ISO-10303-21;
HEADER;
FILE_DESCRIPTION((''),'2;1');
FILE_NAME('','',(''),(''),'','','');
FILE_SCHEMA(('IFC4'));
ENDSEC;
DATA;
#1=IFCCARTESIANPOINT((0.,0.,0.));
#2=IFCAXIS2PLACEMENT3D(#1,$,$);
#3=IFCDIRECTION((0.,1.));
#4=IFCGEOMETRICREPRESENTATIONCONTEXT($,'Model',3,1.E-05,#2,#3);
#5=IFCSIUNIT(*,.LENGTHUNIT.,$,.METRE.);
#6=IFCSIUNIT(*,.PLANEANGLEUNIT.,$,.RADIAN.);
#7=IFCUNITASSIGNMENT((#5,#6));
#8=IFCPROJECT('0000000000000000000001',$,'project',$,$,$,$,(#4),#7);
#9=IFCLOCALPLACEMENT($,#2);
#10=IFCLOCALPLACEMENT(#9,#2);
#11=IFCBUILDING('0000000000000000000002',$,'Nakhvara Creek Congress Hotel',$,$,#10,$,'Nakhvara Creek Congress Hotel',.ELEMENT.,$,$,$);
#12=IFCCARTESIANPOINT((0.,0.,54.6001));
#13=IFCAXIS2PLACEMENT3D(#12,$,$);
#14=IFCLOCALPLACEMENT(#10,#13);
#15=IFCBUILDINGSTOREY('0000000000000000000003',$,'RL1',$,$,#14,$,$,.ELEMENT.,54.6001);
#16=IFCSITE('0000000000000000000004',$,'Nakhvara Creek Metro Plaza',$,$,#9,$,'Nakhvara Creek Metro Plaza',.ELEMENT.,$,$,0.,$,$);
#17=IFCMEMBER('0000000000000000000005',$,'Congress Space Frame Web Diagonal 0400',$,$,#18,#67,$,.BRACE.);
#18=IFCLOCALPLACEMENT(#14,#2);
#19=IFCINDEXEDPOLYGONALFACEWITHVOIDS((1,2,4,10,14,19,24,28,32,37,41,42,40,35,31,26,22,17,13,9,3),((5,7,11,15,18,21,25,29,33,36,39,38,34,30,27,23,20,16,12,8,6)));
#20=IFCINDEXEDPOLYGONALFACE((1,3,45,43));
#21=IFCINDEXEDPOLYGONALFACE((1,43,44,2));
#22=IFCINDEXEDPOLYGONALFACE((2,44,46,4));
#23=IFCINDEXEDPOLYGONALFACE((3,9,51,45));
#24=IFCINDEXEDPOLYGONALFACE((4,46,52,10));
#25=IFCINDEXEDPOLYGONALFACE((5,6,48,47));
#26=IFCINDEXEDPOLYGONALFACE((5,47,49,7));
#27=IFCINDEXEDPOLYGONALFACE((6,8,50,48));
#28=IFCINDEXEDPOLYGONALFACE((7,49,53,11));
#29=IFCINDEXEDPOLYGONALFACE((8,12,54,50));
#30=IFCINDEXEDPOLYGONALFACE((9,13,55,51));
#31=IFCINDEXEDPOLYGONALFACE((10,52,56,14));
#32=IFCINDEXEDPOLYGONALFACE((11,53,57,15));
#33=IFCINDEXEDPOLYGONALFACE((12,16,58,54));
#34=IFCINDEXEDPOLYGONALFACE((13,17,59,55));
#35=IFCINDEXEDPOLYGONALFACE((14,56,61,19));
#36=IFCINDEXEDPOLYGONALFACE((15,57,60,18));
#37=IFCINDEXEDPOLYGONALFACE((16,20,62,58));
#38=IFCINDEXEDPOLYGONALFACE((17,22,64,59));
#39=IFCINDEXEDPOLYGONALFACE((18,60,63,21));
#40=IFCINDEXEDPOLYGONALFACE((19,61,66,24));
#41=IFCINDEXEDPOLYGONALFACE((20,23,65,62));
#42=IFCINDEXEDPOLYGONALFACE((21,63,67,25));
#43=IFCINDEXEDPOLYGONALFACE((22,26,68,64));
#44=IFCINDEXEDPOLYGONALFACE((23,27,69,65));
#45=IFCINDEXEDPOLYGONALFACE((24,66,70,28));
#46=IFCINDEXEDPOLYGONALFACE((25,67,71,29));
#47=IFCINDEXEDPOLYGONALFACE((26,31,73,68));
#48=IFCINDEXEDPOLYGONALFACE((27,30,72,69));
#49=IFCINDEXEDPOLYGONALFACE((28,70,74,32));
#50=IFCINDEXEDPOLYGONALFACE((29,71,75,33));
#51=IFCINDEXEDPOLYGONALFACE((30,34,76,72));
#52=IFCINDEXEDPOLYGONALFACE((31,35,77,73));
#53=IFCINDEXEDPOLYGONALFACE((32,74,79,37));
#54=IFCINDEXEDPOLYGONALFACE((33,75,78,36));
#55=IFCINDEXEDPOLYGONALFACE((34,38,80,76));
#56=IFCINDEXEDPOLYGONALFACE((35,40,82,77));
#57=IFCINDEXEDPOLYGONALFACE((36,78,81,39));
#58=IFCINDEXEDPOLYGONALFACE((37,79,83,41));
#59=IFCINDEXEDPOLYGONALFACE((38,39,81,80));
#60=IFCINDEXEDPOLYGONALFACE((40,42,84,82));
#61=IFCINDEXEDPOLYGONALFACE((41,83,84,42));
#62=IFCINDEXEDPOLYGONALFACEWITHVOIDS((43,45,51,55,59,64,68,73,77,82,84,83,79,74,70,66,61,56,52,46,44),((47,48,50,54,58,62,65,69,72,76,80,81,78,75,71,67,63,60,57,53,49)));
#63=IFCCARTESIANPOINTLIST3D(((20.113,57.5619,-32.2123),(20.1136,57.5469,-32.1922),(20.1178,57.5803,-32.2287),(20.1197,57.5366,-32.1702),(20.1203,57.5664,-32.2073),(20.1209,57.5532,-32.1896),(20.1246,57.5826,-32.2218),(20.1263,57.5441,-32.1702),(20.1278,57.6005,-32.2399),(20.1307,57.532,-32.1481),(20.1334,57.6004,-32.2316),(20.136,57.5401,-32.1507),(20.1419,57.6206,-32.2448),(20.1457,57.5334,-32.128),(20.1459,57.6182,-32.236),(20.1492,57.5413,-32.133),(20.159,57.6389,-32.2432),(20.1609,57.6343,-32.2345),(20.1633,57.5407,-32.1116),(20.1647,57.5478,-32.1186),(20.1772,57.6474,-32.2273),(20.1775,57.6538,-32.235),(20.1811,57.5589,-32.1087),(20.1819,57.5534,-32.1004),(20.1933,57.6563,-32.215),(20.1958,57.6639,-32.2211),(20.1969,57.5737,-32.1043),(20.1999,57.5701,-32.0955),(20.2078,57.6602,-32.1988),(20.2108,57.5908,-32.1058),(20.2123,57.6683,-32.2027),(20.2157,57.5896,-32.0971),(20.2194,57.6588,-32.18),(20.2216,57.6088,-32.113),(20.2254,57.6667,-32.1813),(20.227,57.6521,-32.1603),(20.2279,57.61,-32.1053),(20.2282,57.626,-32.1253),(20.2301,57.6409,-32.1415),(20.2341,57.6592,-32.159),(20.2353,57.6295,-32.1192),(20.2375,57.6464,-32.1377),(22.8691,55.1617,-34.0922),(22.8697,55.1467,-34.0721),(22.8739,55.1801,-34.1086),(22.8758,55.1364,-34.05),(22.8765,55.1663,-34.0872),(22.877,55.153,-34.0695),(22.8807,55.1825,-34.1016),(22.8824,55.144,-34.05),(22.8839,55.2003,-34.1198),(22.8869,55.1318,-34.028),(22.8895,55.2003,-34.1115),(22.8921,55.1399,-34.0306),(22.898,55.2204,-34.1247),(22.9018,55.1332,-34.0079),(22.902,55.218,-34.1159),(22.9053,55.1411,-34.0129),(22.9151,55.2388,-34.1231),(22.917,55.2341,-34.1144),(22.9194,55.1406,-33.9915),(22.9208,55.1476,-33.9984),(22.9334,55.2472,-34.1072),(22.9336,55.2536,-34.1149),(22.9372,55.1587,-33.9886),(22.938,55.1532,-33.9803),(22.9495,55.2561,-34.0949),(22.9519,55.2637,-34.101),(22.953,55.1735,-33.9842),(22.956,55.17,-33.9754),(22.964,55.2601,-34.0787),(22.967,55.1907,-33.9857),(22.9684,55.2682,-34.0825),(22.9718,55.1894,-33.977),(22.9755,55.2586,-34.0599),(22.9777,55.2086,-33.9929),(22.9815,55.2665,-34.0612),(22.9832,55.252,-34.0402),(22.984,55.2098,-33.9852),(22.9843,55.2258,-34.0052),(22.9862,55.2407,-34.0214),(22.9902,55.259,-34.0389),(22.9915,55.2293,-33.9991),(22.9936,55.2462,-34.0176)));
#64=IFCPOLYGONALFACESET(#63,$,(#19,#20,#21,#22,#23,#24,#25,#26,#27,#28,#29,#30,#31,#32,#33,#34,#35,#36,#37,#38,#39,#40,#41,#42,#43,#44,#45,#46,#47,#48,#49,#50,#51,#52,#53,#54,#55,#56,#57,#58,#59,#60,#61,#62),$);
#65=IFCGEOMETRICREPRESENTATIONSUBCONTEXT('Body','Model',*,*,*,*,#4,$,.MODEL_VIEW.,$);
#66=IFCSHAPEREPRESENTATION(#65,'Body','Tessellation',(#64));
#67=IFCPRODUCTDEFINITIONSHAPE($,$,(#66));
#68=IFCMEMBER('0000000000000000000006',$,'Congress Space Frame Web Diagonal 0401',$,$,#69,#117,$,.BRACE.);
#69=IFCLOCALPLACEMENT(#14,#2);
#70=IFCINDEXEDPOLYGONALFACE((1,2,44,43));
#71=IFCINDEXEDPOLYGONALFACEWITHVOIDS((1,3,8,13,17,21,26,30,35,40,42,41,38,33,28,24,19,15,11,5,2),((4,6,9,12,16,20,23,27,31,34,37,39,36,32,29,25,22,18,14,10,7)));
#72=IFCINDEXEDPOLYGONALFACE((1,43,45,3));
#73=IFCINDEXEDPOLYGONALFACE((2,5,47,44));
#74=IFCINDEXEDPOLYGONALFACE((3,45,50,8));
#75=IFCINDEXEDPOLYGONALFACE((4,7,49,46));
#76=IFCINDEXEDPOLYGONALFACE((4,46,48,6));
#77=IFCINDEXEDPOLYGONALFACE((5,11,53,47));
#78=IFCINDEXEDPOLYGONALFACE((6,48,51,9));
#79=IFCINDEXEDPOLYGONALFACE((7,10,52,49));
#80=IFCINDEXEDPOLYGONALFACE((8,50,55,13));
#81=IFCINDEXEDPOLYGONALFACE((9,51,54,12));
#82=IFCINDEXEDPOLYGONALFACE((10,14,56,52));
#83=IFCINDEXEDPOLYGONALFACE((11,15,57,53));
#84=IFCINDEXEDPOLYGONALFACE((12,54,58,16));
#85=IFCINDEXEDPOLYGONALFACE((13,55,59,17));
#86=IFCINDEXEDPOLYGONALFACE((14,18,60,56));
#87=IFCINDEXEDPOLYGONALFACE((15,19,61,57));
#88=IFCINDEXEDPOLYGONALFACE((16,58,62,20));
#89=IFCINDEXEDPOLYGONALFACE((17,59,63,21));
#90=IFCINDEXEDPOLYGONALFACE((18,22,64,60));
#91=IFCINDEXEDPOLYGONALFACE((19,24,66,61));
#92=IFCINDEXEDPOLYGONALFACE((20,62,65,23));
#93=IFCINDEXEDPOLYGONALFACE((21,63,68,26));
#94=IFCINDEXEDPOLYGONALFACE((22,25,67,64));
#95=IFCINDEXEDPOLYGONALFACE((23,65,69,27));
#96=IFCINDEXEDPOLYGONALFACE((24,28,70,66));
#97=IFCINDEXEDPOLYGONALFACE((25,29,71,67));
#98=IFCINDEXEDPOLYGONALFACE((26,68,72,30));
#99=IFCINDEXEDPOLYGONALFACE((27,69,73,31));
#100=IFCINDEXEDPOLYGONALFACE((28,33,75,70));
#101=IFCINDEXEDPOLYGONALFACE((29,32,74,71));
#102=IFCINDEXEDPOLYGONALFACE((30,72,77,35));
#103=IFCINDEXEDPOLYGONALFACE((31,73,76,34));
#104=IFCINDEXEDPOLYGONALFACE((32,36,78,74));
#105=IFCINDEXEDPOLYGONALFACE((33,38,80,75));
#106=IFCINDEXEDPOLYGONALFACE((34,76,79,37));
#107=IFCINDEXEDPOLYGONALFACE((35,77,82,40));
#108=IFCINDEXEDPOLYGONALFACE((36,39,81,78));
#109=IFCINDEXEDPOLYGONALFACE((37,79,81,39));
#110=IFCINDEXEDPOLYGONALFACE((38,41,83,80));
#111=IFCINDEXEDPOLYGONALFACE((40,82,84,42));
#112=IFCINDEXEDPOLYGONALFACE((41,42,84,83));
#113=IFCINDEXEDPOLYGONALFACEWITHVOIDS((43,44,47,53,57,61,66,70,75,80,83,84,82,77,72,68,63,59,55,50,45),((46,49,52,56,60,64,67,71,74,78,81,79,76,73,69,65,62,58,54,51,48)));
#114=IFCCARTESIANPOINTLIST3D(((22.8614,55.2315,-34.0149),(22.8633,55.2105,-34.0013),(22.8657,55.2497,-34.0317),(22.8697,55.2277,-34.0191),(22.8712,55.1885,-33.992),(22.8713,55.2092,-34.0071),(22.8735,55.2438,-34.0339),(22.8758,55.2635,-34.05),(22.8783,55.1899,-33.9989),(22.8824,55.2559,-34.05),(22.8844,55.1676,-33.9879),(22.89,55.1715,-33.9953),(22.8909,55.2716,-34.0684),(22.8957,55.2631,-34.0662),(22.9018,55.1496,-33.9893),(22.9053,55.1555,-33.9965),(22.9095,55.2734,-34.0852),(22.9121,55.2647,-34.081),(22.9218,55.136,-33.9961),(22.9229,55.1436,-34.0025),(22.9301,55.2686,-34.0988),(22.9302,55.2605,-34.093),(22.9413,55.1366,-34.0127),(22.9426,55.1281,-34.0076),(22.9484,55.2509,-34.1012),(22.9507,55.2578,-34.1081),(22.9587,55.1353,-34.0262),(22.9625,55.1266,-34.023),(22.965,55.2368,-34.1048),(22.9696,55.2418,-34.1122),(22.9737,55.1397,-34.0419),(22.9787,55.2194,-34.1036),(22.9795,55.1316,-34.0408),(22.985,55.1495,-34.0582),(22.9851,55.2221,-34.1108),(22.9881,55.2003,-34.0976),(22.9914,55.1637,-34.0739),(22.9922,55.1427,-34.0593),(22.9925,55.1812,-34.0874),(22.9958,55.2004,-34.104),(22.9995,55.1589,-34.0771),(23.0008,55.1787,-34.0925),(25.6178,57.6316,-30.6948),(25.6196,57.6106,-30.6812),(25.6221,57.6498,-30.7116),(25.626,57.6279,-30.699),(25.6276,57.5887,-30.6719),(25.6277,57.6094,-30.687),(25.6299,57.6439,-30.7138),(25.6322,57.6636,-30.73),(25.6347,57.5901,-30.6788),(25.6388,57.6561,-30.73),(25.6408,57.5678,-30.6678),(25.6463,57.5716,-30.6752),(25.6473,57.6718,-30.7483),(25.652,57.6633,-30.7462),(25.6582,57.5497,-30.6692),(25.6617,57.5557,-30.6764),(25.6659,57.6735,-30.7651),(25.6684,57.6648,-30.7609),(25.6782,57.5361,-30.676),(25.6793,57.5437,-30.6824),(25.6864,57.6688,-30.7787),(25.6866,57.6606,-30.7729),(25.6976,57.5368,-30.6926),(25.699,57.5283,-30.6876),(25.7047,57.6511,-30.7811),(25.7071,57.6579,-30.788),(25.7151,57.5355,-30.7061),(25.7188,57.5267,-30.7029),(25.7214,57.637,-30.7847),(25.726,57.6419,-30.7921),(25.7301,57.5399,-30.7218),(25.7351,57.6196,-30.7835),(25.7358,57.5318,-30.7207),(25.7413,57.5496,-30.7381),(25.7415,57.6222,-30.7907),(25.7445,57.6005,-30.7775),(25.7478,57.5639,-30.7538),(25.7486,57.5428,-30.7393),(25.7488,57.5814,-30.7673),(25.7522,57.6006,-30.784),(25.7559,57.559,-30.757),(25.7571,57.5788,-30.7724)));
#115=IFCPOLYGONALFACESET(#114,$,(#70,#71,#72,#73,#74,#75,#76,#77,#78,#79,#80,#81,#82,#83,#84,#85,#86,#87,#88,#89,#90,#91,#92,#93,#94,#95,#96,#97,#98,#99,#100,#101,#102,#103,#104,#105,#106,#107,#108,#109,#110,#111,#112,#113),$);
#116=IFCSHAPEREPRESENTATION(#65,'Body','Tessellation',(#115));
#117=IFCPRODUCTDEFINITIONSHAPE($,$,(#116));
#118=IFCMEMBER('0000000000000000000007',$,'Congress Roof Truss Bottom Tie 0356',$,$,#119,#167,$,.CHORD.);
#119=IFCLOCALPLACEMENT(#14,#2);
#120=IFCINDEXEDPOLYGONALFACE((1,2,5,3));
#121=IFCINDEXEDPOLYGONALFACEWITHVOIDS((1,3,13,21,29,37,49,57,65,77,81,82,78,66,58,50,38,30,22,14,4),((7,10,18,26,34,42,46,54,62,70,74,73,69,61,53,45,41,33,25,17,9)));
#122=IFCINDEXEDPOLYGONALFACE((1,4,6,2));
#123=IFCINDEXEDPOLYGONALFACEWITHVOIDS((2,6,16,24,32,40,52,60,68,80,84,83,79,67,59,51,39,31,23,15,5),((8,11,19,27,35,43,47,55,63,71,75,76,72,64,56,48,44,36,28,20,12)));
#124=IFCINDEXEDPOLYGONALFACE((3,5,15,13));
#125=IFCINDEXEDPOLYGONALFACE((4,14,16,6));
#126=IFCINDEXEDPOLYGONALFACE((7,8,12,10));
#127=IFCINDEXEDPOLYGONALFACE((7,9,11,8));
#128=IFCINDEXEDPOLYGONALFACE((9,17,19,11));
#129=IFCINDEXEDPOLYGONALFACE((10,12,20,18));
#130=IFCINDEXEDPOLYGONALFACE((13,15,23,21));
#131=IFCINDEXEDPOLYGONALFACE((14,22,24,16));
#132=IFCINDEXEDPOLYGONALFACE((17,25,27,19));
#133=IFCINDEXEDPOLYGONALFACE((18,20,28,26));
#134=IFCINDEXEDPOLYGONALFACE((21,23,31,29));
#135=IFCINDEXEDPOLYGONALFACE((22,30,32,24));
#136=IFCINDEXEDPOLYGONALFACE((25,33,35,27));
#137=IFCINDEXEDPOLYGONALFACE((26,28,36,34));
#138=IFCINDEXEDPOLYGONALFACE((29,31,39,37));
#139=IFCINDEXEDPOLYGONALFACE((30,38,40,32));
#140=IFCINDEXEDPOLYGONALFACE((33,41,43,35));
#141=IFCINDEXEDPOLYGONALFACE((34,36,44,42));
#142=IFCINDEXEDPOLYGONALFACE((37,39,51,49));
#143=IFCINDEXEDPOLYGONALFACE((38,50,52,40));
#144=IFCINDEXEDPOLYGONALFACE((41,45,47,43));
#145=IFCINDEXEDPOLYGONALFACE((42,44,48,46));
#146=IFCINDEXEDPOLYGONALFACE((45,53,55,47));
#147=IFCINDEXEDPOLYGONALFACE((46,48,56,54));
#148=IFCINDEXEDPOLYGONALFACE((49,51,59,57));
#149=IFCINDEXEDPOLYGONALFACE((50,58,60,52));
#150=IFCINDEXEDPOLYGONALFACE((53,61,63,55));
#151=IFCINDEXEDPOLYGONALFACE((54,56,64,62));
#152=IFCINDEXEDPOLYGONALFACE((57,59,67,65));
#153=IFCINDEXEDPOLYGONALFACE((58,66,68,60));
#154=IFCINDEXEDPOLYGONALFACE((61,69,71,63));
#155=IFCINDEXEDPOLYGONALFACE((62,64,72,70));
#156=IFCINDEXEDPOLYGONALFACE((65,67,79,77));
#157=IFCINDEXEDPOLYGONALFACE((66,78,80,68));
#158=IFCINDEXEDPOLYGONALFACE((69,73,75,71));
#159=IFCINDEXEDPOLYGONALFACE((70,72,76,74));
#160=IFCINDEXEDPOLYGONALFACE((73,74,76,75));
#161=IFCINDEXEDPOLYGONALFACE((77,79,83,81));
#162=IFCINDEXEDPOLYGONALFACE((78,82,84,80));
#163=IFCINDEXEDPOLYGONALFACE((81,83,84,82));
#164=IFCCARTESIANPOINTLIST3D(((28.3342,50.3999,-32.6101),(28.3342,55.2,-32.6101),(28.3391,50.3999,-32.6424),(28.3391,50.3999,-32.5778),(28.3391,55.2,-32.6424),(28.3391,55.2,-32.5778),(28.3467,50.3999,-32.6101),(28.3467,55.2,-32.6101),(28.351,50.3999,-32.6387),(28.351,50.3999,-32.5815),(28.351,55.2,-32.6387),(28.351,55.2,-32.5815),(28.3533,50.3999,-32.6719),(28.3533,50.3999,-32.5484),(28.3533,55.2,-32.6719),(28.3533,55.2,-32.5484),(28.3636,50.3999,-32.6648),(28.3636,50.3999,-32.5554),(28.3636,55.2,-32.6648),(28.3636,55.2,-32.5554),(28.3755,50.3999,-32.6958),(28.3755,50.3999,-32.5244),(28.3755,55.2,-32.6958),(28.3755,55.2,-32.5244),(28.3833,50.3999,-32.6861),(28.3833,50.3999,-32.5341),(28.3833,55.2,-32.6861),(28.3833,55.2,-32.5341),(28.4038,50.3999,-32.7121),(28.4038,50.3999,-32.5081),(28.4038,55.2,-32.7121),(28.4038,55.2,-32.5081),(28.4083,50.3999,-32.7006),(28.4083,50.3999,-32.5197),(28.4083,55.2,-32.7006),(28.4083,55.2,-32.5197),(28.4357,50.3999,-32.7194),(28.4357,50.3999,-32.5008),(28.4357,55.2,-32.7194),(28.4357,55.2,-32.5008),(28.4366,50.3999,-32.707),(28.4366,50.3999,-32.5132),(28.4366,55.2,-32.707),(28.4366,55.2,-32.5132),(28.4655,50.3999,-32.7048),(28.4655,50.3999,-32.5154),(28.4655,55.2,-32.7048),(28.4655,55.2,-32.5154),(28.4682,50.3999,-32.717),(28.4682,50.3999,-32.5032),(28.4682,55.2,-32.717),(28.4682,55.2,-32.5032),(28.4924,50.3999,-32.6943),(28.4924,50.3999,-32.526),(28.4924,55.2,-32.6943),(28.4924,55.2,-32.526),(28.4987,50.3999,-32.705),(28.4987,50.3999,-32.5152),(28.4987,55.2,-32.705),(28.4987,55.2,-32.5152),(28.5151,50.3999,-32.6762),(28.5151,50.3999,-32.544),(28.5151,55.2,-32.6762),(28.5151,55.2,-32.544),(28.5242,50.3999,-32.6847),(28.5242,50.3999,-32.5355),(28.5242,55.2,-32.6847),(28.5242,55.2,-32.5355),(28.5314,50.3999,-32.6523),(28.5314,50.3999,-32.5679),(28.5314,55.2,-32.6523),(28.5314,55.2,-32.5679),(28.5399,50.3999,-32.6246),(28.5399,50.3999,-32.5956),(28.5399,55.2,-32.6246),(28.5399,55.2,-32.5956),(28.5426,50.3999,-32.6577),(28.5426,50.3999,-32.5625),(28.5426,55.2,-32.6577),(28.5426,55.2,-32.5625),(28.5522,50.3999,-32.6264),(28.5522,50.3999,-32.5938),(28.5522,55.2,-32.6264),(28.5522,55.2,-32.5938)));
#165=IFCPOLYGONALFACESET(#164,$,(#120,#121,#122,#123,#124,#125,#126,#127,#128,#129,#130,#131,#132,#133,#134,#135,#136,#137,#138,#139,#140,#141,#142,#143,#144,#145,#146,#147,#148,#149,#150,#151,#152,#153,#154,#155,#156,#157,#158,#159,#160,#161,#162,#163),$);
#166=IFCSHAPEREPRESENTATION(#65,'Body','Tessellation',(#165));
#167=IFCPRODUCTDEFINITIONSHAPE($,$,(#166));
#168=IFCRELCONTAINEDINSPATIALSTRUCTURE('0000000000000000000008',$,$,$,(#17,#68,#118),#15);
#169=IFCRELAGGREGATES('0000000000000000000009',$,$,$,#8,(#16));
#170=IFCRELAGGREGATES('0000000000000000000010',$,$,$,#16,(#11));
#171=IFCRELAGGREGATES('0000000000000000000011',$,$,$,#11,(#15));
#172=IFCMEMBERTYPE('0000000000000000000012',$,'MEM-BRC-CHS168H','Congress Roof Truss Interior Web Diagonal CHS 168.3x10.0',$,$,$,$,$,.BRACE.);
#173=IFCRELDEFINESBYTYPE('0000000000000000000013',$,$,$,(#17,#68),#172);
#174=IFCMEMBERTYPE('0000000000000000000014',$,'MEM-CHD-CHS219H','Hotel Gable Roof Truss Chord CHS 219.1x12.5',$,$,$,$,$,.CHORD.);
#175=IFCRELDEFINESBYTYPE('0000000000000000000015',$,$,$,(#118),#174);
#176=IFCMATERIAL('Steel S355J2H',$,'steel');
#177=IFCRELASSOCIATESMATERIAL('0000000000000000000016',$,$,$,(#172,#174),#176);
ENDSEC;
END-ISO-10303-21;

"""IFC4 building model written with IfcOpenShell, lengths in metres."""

from ifc_helpers import new_model, si_unit, direction, frame, origin, origin_2d, place, context, subcontext, project, spatial, hollow_circle, extrude, material, material_profile, profile_set, type_object, element, save


model = new_model("IFC4")

# Units and contexts
model_context = context("Model", 3, precision=1e-05, world=origin(), true_north=direction((0.0, 1.0)))
body_context = subcontext(model_context, "Body", "Model", "MODEL_VIEW")
ifc_project = project(units=[si_unit("LENGTHUNIT", "METRE"), si_unit("PLANEANGLEUNIT", "RADIAN")], contexts=[model_context])

# Site, building, storey
site_placement = place(None, origin())
site = spatial("IfcSite", under=ifc_project, at=site_placement, Name="Nakhvara Creek Metro Plaza", LongName="Nakhvara Creek Metro Plaza", CompositionType="ELEMENT", RefElevation=0.0)
building_placement = place(site_placement, origin())
building = spatial("IfcBuilding", under=site, at=building_placement, Name="Nakhvara Creek Congress Hotel", LongName="Nakhvara Creek Congress Hotel", CompositionType="ELEMENT")
storey_placement = place(building_placement, frame((0.0, 0.0, 54.6001)))
storey = spatial("IfcBuildingStorey", under=building, at=storey_placement, Name="RL1", CompositionType="ELEMENT", Elevation=54.6001)

# Members
ifc_material_1 = material(Name="Steel S355J2H", Category="steel")
ifc_material_profile_1 = material_profile(ifc_material_1, hollow_circle(Radius=0.0842, WallThickness=0.01, at=origin_2d()), Name="CHS 168.3x10.0", Category="LoadBearing")
ifc_profile_set_1 = profile_set([ifc_material_profile_1], Name="Steel S355J2H")
member_type_1 = type_object("IfcMemberType", Name="MEM-BRC-CHS168H", Description="Congress Roof Truss Interior Web Diagonal CHS 168.3x10.0", PredefinedType="BRACE", material=ifc_profile_set_1)
member_1_placement = place(storey_placement, frame((22.9312, 55.2, -34.05), z_axis=(-0.670611, 0.584, 0.45741), x_axis=(-0.656729, -0.754126, 0.0)))
element("IfcMember", 1, at=member_1_placement, inside=storey, type_object=member_type_1, Name="Congress Space Frame Web Diagonal 0400", PredefinedType="BRACE", context=body_context, shape_type="SweptSolid", body=[
    extrude(hollow_circle(Radius=0.0842, WallThickness=0.01, at=origin_2d()), origin(), (0.0, 0.0, 1.0), 4.1099),
])
member_2_placement = place(storey_placement, frame((22.9312, 55.2, -34.05), z_axis=(0.558224, 0.486085, 0.67239), x_axis=(-0.656696, 0.754155, 0.0)))
element("IfcMember", 2, at=member_2_placement, inside=storey, type_object=member_type_1, Name="Congress Space Frame Web Diagonal 0401", PredefinedType="BRACE", context=body_context, shape_type="SweptSolid", body=[
    extrude(hollow_circle(Radius=0.0842, WallThickness=0.01, at=origin_2d()), origin(), (0.0, 0.0, 1.0), 4.9377),
])
ifc_material_profile_2 = material_profile(ifc_material_1, hollow_circle(Radius=0.1096, WallThickness=0.0125, at=origin_2d()), Name="CHS 219.1x12.5", Category="LoadBearing")
ifc_profile_set_2 = profile_set([ifc_material_profile_2], Name="Steel S355J2H")
member_type_2 = type_object("IfcMemberType", Name="MEM-CHD-CHS219H", Description="Hotel Gable Roof Truss Chord CHS 219.1x12.5", PredefinedType="CHORD", material=ifc_profile_set_2)
for number, where, z_axis, x_axis, name in (
    (3, (28.4438, 50.3999, -32.6101), (0.0, 1.0, 0.0), (-1.0, 0.0, 0.0), "Congress Roof Truss Bottom Tie 0356"),
):
    element("IfcMember", number, at=place(storey_placement, frame(where, z_axis=z_axis, x_axis=x_axis)), inside=storey, type_object=member_type_2, Name=name, PredefinedType="CHORD", context=body_context, shape_type="SweptSolid", body=[
        extrude(hollow_circle(Radius=0.1096, WallThickness=0.0125, at=origin_2d()), origin(), (0.0, 0.0, 1.0), 4.8),
    ])

save(model, "model.ifc")
